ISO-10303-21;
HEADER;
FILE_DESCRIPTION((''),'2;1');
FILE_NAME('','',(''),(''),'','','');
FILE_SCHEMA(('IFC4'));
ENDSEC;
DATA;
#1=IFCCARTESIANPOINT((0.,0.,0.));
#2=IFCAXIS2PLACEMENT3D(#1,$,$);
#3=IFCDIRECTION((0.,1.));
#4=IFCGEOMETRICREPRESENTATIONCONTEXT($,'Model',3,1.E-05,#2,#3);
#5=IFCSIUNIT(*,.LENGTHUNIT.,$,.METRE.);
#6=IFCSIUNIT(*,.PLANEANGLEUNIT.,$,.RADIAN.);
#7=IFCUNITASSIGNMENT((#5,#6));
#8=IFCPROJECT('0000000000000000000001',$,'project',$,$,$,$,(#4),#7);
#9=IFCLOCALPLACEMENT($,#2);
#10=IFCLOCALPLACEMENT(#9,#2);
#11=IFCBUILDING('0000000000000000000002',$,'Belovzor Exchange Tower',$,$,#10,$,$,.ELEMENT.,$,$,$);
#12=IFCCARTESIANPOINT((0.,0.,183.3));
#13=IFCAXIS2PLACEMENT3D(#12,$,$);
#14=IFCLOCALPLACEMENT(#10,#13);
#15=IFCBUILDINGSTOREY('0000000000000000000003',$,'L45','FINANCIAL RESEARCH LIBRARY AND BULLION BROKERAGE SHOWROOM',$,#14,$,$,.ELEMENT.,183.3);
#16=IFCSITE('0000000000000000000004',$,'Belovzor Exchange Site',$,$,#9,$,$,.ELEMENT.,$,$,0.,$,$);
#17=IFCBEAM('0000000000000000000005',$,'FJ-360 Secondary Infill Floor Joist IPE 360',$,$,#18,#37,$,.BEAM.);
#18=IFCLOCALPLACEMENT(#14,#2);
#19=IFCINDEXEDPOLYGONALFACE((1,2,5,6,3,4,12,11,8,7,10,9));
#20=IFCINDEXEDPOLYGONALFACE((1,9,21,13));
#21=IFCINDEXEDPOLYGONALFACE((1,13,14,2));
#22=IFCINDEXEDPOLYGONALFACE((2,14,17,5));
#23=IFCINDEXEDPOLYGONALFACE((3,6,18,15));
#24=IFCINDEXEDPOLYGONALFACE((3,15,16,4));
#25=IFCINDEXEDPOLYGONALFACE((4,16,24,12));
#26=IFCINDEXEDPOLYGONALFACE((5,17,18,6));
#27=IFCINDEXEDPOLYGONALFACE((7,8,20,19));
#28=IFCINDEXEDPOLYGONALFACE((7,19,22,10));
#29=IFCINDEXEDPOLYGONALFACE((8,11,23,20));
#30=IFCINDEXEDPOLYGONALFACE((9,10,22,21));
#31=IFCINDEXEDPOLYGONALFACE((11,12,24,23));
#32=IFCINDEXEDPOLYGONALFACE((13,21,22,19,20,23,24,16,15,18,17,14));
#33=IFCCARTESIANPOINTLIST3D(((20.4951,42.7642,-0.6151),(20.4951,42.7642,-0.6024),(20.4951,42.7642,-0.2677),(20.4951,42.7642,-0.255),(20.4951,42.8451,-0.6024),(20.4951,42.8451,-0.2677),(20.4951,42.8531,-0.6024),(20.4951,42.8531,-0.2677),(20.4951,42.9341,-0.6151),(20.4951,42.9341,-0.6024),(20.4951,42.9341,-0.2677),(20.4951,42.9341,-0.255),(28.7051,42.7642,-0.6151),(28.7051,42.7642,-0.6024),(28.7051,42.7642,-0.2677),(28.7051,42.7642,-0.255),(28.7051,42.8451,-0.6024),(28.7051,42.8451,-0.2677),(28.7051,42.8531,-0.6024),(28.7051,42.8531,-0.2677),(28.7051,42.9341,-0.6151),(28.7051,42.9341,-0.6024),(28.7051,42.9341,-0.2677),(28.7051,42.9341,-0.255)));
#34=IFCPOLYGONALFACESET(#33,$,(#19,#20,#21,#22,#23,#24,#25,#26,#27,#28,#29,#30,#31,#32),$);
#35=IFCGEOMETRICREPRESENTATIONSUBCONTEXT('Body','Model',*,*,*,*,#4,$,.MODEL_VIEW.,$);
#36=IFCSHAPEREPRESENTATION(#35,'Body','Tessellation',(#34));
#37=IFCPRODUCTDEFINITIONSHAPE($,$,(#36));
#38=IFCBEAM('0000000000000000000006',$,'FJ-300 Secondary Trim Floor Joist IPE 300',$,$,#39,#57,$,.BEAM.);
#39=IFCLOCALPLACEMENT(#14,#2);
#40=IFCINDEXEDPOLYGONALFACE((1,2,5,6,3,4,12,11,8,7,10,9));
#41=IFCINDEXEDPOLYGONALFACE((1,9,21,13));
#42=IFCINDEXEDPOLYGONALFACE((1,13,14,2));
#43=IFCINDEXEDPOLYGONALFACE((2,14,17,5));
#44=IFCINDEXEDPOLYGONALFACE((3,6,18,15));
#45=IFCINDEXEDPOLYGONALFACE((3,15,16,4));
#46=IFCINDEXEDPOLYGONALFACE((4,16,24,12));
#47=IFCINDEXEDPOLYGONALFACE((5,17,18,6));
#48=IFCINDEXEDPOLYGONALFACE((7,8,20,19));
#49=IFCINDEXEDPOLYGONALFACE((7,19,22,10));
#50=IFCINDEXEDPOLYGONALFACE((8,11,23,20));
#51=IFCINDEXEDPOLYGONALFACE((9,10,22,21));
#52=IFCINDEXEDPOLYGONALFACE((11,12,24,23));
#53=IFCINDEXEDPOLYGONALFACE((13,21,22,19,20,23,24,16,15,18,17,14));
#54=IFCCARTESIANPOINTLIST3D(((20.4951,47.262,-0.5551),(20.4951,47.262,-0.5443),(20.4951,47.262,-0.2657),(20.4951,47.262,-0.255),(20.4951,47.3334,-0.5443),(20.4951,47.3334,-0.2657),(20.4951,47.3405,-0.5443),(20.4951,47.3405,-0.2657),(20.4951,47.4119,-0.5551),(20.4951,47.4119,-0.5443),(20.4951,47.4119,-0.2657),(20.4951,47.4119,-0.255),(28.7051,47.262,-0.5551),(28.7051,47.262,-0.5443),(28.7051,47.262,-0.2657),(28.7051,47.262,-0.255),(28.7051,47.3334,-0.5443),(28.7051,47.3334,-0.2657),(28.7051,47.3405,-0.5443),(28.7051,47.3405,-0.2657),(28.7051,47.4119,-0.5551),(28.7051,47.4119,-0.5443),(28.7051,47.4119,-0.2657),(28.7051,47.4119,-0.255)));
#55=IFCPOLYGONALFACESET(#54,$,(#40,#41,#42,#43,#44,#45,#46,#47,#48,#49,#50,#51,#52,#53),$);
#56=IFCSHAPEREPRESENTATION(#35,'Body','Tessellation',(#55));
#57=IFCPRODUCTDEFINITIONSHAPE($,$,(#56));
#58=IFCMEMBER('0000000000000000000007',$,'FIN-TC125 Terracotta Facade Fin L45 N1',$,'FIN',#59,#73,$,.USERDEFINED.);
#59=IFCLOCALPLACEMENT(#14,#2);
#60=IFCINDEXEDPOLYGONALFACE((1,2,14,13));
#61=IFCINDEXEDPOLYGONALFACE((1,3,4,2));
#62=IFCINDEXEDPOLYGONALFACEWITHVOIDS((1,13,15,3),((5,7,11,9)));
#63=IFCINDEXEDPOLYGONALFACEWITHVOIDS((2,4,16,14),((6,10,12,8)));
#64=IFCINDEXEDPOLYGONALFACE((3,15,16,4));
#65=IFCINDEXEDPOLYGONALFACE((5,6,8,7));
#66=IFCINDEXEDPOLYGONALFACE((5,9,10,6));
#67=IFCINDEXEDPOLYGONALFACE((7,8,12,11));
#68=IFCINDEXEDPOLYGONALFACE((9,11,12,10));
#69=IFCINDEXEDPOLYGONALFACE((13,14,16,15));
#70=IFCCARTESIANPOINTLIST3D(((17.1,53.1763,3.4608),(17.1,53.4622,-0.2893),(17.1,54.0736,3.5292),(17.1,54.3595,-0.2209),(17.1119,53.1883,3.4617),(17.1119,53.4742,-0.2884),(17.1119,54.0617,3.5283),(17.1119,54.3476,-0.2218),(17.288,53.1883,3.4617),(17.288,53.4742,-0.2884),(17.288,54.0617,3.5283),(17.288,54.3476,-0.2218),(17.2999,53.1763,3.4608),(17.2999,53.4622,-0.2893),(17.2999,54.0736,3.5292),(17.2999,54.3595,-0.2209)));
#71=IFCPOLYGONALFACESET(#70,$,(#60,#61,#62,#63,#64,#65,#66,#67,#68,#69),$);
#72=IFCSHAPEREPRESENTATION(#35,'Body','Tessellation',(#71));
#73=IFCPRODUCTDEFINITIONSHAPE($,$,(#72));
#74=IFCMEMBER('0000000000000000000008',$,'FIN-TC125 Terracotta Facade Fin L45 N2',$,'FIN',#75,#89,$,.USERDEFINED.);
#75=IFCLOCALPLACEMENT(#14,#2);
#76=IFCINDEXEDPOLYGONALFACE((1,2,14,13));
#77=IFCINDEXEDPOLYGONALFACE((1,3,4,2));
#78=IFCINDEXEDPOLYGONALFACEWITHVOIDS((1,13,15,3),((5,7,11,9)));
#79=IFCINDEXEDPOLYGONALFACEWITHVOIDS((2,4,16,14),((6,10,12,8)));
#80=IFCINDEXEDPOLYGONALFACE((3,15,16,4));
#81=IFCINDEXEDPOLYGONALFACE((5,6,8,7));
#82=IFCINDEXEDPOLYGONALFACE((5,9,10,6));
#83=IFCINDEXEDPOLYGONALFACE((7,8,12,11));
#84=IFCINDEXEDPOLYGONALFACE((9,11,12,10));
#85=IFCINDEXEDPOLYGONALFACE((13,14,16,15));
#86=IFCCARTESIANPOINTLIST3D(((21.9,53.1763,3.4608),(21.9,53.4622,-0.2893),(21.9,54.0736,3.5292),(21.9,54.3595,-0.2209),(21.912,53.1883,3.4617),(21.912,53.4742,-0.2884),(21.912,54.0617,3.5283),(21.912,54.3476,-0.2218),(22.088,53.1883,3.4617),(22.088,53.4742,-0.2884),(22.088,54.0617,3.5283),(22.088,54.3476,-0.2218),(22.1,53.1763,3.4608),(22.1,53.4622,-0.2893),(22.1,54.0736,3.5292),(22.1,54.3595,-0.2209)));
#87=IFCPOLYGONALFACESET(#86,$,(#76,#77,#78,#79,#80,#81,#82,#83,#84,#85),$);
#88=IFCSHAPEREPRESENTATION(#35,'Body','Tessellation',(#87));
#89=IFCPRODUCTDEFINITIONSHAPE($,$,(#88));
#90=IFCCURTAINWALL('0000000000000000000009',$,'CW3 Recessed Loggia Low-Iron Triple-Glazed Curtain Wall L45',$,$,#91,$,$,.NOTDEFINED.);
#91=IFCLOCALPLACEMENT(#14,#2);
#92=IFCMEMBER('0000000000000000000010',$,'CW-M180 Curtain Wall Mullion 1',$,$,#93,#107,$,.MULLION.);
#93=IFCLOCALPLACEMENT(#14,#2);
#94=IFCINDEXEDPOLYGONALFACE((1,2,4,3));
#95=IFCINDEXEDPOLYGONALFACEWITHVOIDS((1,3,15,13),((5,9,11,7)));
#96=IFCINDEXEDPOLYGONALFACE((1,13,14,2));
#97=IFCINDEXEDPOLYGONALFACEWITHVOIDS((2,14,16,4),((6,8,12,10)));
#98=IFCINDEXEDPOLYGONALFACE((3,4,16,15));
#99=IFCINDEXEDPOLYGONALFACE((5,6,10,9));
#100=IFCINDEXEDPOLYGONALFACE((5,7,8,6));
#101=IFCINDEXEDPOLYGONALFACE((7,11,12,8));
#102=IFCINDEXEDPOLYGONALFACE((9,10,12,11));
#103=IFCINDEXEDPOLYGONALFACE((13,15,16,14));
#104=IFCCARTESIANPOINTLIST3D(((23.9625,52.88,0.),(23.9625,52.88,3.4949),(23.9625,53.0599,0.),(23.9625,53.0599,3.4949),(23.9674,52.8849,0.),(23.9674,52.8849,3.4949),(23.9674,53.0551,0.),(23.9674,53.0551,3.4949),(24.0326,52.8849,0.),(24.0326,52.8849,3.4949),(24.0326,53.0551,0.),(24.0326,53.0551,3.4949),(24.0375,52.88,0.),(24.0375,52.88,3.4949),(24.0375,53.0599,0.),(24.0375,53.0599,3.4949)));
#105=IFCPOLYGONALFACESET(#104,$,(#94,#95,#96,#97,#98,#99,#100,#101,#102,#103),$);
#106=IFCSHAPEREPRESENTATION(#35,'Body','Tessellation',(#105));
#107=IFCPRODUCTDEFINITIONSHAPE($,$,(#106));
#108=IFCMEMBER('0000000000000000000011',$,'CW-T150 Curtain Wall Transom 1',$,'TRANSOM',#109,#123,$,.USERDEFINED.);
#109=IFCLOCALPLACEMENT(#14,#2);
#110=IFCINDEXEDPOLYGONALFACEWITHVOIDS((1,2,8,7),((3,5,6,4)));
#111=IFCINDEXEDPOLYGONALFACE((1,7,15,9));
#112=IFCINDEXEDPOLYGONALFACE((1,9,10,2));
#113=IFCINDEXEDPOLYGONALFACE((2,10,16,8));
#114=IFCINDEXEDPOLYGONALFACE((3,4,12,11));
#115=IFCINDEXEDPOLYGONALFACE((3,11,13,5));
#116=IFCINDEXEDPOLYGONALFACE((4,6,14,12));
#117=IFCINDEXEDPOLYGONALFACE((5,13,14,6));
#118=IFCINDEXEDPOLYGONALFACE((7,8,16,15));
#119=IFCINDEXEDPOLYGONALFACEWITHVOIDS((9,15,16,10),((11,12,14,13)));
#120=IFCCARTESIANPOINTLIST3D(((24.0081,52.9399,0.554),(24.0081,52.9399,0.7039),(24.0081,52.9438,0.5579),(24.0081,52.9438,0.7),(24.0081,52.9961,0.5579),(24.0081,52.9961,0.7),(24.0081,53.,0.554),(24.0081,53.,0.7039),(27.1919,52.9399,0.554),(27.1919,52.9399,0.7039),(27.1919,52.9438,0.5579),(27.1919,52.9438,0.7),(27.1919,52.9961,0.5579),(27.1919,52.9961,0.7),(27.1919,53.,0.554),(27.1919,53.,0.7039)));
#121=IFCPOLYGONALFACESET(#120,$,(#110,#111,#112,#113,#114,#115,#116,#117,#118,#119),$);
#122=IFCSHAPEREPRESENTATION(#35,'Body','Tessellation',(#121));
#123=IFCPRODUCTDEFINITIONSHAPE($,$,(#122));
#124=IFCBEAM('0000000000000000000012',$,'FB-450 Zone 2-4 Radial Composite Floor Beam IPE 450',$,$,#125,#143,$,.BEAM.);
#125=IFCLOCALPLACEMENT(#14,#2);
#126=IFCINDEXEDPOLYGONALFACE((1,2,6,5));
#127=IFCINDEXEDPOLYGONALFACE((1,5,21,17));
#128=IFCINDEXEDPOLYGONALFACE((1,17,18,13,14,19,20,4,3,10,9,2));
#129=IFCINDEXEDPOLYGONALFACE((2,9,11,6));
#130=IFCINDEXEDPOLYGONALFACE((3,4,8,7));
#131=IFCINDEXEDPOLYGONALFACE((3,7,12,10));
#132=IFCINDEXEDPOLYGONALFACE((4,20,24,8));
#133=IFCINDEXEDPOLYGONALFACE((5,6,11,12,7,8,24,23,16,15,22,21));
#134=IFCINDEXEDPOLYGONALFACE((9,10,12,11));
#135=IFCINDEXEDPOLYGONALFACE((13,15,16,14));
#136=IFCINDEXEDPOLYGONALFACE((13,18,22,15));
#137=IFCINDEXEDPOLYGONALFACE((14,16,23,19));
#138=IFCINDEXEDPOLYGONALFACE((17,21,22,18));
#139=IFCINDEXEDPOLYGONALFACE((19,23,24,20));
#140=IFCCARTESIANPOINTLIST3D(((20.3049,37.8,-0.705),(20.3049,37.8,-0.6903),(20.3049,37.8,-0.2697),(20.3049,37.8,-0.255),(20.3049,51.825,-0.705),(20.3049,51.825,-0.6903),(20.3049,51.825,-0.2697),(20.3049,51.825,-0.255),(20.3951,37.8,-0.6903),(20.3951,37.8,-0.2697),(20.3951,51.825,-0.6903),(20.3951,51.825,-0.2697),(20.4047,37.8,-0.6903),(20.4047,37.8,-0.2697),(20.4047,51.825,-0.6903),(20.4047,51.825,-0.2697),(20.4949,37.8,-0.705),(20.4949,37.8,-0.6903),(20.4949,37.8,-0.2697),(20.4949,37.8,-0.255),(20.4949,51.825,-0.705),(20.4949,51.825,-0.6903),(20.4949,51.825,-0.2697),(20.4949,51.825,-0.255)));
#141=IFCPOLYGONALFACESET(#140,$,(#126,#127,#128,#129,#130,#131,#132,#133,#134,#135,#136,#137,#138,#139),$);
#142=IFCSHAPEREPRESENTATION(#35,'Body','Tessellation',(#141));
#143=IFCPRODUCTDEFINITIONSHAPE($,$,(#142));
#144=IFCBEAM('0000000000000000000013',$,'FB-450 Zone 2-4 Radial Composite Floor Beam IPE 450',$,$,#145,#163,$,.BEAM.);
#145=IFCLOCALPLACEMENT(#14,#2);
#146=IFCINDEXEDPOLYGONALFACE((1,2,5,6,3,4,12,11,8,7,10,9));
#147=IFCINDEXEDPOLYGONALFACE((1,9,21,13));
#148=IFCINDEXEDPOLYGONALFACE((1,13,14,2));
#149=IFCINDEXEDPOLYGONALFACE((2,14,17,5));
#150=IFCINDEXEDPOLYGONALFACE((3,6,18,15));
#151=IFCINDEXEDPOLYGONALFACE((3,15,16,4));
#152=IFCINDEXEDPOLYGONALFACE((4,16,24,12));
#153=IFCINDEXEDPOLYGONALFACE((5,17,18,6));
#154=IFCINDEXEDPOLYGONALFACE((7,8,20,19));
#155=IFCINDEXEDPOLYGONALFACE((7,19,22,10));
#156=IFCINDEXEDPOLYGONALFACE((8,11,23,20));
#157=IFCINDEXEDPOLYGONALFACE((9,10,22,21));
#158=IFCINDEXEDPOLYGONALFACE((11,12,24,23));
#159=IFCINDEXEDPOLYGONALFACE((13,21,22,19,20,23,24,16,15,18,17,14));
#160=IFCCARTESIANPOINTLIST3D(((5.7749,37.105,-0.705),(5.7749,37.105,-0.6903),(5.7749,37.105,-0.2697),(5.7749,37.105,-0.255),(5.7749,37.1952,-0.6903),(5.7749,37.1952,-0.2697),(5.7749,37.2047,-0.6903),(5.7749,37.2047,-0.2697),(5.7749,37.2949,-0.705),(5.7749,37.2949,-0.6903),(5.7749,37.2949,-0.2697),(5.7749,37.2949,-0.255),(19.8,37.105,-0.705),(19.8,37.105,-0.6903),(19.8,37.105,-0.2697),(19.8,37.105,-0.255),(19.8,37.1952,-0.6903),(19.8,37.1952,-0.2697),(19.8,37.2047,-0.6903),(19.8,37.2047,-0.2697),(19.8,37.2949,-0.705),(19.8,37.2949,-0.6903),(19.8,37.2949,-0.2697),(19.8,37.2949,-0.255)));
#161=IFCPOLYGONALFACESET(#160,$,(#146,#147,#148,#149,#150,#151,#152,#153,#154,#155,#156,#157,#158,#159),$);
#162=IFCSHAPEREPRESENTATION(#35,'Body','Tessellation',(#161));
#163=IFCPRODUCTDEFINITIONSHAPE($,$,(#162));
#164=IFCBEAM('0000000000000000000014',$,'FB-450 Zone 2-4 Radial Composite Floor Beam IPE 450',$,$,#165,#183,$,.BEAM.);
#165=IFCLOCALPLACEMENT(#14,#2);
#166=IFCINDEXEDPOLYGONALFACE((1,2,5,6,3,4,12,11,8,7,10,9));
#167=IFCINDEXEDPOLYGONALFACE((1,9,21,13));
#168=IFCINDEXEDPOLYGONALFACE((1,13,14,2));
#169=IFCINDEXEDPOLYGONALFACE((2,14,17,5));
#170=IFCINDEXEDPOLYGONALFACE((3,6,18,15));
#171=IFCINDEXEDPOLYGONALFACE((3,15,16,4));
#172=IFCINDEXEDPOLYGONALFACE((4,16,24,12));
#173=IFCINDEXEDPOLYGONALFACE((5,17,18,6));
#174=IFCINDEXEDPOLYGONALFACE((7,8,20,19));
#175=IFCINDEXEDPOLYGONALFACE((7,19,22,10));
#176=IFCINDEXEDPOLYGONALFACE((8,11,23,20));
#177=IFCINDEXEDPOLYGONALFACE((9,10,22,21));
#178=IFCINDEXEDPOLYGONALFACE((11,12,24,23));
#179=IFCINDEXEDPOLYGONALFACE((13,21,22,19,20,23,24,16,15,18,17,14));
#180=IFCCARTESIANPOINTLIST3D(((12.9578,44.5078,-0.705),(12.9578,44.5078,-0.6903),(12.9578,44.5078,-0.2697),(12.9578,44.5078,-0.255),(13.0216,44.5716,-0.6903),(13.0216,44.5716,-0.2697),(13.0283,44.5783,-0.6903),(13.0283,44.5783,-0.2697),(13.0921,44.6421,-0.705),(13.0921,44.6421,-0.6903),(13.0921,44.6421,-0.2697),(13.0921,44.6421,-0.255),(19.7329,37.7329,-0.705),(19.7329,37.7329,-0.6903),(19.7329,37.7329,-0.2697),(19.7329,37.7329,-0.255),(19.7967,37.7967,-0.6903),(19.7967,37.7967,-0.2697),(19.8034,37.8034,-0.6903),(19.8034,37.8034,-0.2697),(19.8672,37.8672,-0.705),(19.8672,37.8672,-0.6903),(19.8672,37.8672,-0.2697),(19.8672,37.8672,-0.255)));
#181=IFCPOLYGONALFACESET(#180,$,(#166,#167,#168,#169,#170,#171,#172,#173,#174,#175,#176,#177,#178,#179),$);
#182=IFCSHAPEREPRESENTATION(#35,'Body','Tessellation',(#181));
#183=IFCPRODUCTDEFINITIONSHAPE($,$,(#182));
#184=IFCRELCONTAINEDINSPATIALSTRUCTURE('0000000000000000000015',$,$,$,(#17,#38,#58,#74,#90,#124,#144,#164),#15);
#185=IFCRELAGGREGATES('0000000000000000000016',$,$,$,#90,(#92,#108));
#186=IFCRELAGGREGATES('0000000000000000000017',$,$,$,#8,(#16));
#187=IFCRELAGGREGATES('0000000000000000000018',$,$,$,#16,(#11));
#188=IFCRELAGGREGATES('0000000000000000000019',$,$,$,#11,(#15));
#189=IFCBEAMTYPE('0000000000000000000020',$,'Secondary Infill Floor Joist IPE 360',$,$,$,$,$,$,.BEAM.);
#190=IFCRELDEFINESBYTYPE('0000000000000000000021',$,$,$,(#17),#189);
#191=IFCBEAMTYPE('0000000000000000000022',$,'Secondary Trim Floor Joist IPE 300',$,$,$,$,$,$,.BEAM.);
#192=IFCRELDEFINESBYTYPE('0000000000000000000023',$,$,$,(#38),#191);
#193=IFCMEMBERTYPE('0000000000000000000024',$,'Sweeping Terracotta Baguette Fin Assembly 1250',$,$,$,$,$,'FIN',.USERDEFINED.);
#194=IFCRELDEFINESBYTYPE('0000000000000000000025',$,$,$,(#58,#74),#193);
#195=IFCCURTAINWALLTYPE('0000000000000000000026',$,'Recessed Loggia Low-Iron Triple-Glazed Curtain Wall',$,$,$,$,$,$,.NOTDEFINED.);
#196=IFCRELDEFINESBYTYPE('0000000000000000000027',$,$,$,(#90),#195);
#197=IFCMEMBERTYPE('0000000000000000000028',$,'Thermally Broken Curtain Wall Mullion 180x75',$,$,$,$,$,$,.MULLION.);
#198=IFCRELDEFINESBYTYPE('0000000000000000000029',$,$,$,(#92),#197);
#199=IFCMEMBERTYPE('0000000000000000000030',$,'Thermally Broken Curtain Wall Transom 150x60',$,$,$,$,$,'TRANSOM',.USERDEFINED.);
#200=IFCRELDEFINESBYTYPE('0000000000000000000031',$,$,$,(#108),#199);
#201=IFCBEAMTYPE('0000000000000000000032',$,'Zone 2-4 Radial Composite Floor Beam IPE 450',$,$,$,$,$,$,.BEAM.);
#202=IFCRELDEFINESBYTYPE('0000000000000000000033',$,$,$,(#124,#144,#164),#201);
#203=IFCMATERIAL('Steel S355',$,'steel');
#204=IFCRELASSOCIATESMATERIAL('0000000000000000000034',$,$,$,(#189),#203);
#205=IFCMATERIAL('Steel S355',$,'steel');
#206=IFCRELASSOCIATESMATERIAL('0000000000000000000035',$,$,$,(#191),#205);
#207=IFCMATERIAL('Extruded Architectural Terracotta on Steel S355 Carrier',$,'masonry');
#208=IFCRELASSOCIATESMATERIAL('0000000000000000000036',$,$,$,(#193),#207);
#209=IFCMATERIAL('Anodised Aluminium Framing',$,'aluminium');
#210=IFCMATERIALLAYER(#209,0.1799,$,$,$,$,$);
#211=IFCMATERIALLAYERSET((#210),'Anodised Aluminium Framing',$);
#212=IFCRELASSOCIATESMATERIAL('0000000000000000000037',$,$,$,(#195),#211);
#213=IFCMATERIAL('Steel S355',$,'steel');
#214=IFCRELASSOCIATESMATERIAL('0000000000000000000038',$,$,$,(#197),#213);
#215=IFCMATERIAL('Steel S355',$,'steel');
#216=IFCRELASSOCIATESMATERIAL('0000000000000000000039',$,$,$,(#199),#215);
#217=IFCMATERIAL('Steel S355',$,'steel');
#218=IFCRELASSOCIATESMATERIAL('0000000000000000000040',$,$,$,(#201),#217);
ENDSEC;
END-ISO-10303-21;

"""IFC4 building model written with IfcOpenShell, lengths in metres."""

from ifc_helpers import new_model, si_unit, direction, frame, origin, origin_2d, place, context, subcontext, project, spatial, hollow_rectangle, i_section, extrude, material, layer, layer_set, material_profile, profile_set, type_object, element, aggregate, save


model = new_model("IFC4")

# Units and contexts
model_context = context("Model", 3, precision=1e-05, world=origin(), true_north=direction((0.0, 1.0)))
body_context = subcontext(model_context, "Body", "Model", "MODEL_VIEW")
ifc_project = project(units=[si_unit("LENGTHUNIT", "METRE"), si_unit("PLANEANGLEUNIT", "RADIAN")], contexts=[model_context])

# Site, building, storey
site_placement = place(None, origin())
site = spatial("IfcSite", under=ifc_project, at=site_placement, Name="Belovzor Exchange Site", CompositionType="ELEMENT", RefElevation=0.0)
building_placement = place(site_placement, origin())
building = spatial("IfcBuilding", under=site, at=building_placement, Name="Belovzor Exchange Tower", CompositionType="ELEMENT")
storey_placement = place(building_placement, frame((0.0, 0.0, 183.3)))
storey = spatial("IfcBuildingStorey", under=building, at=storey_placement, Name="L45", Description="FINANCIAL RESEARCH LIBRARY AND BULLION BROKERAGE SHOWROOM", CompositionType="ELEMENT", Elevation=183.3)

# Beams
ifc_material_1 = material(Name="Steel S355", Category="steel")
ifc_material_profile_1 = material_profile(ifc_material_1, i_section(OverallWidth=0.1699, OverallDepth=0.3601, WebThickness=0.0081, FlangeThickness=0.0127, at=origin_2d()))
ifc_profile_set_1 = profile_set([ifc_material_profile_1], Name="Steel S355")
beam_type_1 = type_object("IfcBeamType", Name="Secondary Infill Floor Joist IPE 360", PredefinedType="BEAM", material=ifc_profile_set_1)
beam_1_placement = place(storey_placement, frame((20.4951, 42.8491, -0.4351), z_axis=(1.0, 0.0, 0.0), x_axis=(0.0, 1.0, 0.0)))
element("IfcBeam", 1, at=beam_1_placement, inside=storey, type_object=beam_type_1, Name="FJ-360 Secondary Infill Floor Joist IPE 360", PredefinedType="BEAM", context=body_context, shape_type="SweptSolid", body=[
    extrude(i_section(OverallWidth=0.1699, OverallDepth=0.3601, WebThickness=0.0081, FlangeThickness=0.0127, at=origin_2d()), origin(), (0.0, 0.0, 1.0), 8.21),
])
ifc_material_2 = material(Name="Steel S355", Category="steel")
ifc_material_profile_2 = material_profile(ifc_material_2, i_section(OverallWidth=0.1499, OverallDepth=0.3, WebThickness=0.0071, FlangeThickness=0.0107, at=origin_2d()))
ifc_profile_set_2 = profile_set([ifc_material_profile_2], Name="Steel S355")
beam_type_2 = type_object("IfcBeamType", Name="Secondary Trim Floor Joist IPE 300", PredefinedType="BEAM", material=ifc_profile_set_2)
beam_2_placement = place(storey_placement, frame((20.4951, 47.3369, -0.405), z_axis=(1.0, 0.0, 0.0), x_axis=(0.0, 1.0, 0.0)))
element("IfcBeam", 2, at=beam_2_placement, inside=storey, type_object=beam_type_2, Name="FJ-300 Secondary Trim Floor Joist IPE 300", PredefinedType="BEAM", context=body_context, shape_type="SweptSolid", body=[
    extrude(i_section(OverallWidth=0.1499, OverallDepth=0.3, WebThickness=0.0071, FlangeThickness=0.0107, at=origin_2d()), origin(), (0.0, 0.0, 1.0), 8.21),
])

# Members
ifc_material_3 = material(Name="Extruded Architectural Terracotta on Steel S355 Carrier", Category="masonry")
ifc_material_profile_3 = material_profile(ifc_material_3, hollow_rectangle(XDim=0.2, YDim=0.8999, WallThickness=0.012, at=origin_2d()))
ifc_profile_set_3 = profile_set([ifc_material_profile_3], Name="Extruded Architectural Terracotta on Steel S355 Carrier")
member_type_1 = type_object("IfcMemberType", Name="Sweeping Terracotta Baguette Fin Assembly 1250", ElementType="FIN", PredefinedType="USERDEFINED", material=ifc_profile_set_3)
for number, where, z_axis, x_axis, name in (
    (3, (17.2, 53.9109, -0.2551), (0.0, -0.076016, 0.997107), (1.0, 0.0, 0.0), "FIN-TC125 Terracotta Facade Fin L45 N1"),
    (4, (22.0, 53.9109, -0.2551), (0.0, -0.076016, 0.997107), (1.0, 0.0, 0.0), "FIN-TC125 Terracotta Facade Fin L45 N2"),
):
    element("IfcMember", number, at=place(storey_placement, frame(where, z_axis=z_axis, x_axis=x_axis)), inside=storey, type_object=member_type_1, Name=name, ObjectType="FIN", PredefinedType="USERDEFINED", context=body_context, shape_type="SweptSolid", body=[
        extrude(hollow_rectangle(XDim=0.2, YDim=0.8999, WallThickness=0.012, at=origin_2d()), origin(), (0.0, 0.0, 1.0), 3.761),
    ])

# Curtain wall, members
ifc_material_4 = material(Name="Anodised Aluminium Framing", Category="aluminium")
ifc_layer_1 = layer(ifc_material_4, 0.1799)
ifc_layer_set_1 = layer_set([ifc_layer_1], Name="Anodised Aluminium Framing")
curtain_wall_type = type_object("IfcCurtainWallType", Name="Recessed Loggia Low-Iron Triple-Glazed Curtain Wall", PredefinedType="NOTDEFINED", material=ifc_layer_set_1)
curtain_wall_placement = place(storey_placement, origin())
curtain_wall = element("IfcCurtainWall", 5, at=curtain_wall_placement, inside=storey, type_object=curtain_wall_type, Name="CW3 Recessed Loggia Low-Iron Triple-Glazed Curtain Wall L45", PredefinedType="NOTDEFINED")
ifc_material_5 = material(Name="Steel S355", Category="steel")
ifc_material_profile_4 = material_profile(ifc_material_5, hollow_rectangle(XDim=0.075, YDim=0.1799, WallThickness=0.0049, at=origin_2d()))
ifc_profile_set_4 = profile_set([ifc_material_profile_4], Name="Steel S355")
member_type_2 = type_object("IfcMemberType", Name="Thermally Broken Curtain Wall Mullion 180x75", PredefinedType="MULLION", material=ifc_profile_set_4)
member_1_placement = place(storey_placement, frame((24.0, 52.97, 0.0), z_axis=(0.0, 0.0, 1.0), x_axis=(1.0, 0.0, 0.0)))
member_1 = element("IfcMember", 6, at=member_1_placement, type_object=member_type_2, Name="CW-M180 Curtain Wall Mullion 1", PredefinedType="MULLION", context=body_context, shape_type="SweptSolid", body=[
    extrude(hollow_rectangle(XDim=0.075, YDim=0.1799, WallThickness=0.0049, at=origin_2d()), origin(), (0.0, 0.0, 1.0), 3.4949),
])
ifc_material_6 = material(Name="Steel S355", Category="steel")
ifc_material_profile_5 = material_profile(ifc_material_6, hollow_rectangle(XDim=0.0601, YDim=0.1499, WallThickness=0.0039, at=origin_2d()))
ifc_profile_set_5 = profile_set([ifc_material_profile_5], Name="Steel S355")
member_type_3 = type_object("IfcMemberType", Name="Thermally Broken Curtain Wall Transom 150x60", ElementType="TRANSOM", PredefinedType="USERDEFINED", material=ifc_profile_set_5)
member_2_placement = place(storey_placement, frame((24.0081, 52.97, 0.6289), z_axis=(1.0, 0.0, 0.0), x_axis=(0.0, 1.0, 0.0)))
member_2 = element("IfcMember", 7, at=member_2_placement, type_object=member_type_3, Name="CW-T150 Curtain Wall Transom 1", ObjectType="TRANSOM", PredefinedType="USERDEFINED", context=body_context, shape_type="SweptSolid", body=[
    extrude(hollow_rectangle(XDim=0.0601, YDim=0.1499, WallThickness=0.0039, at=origin_2d()), origin(), (0.0, 0.0, 1.0), 3.1838),
])

# Beams
ifc_material_7 = material(Name="Steel S355", Category="steel")
ifc_material_profile_6 = material_profile(ifc_material_7, i_section(OverallWidth=0.1899, OverallDepth=0.45, WebThickness=0.0095, FlangeThickness=0.0146, at=origin_2d()))
ifc_profile_set_6 = profile_set([ifc_material_profile_6], Name="Steel S355")
beam_type_3 = type_object("IfcBeamType", Name="Zone 2-4 Radial Composite Floor Beam IPE 450", PredefinedType="BEAM", material=ifc_profile_set_6)
beam_3_placement = place(storey_placement, frame((20.3999, 37.8, -0.48), z_axis=(0.0, 1.0, 0.0), x_axis=(-1.0, 0.0, 0.0)))
element("IfcBeam", 8, at=beam_3_placement, inside=storey, type_object=beam_type_3, Name="FB-450 Zone 2-4 Radial Composite Floor Beam IPE 450", PredefinedType="BEAM", context=body_context, shape_type="SweptSolid", body=[
    extrude(i_section(OverallWidth=0.1899, OverallDepth=0.45, WebThickness=0.0095, FlangeThickness=0.0146, at=origin_2d()), origin(), (0.0, 0.0, 1.0), 14.0249),
])
beam_4_placement = place(storey_placement, frame((19.8, 37.2, -0.48), z_axis=(-1.0, 0.0, 0.0), x_axis=(0.0, -1.0, 0.0)))
element("IfcBeam", 9, at=beam_4_placement, inside=storey, type_object=beam_type_3, Name="FB-450 Zone 2-4 Radial Composite Floor Beam IPE 450", PredefinedType="BEAM", context=body_context, shape_type="SweptSolid", body=[
    extrude(i_section(OverallWidth=0.1899, OverallDepth=0.45, WebThickness=0.0095, FlangeThickness=0.0146, at=origin_2d()), origin(), (0.0, 0.0, 1.0), 14.0251),
])
beam_5_placement = place(storey_placement, frame((19.8, 37.8, -0.48), z_axis=(-0.70712, 0.707094, 0.0), x_axis=(-0.707094, -0.70712, 0.0)))
element("IfcBeam", 10, at=beam_5_placement, inside=storey, type_object=beam_type_3, Name="FB-450 Zone 2-4 Radial Composite Floor Beam IPE 450", PredefinedType="BEAM", context=body_context, shape_type="SweptSolid", body=[
    extrude(i_section(OverallWidth=0.1899, OverallDepth=0.45, WebThickness=0.0095, FlangeThickness=0.0146, at=origin_2d()), origin(), (0.0, 0.0, 1.0), 9.5813),
])

aggregate(curtain_wall, [member_1, member_2])

save(model, "model.ifc")
